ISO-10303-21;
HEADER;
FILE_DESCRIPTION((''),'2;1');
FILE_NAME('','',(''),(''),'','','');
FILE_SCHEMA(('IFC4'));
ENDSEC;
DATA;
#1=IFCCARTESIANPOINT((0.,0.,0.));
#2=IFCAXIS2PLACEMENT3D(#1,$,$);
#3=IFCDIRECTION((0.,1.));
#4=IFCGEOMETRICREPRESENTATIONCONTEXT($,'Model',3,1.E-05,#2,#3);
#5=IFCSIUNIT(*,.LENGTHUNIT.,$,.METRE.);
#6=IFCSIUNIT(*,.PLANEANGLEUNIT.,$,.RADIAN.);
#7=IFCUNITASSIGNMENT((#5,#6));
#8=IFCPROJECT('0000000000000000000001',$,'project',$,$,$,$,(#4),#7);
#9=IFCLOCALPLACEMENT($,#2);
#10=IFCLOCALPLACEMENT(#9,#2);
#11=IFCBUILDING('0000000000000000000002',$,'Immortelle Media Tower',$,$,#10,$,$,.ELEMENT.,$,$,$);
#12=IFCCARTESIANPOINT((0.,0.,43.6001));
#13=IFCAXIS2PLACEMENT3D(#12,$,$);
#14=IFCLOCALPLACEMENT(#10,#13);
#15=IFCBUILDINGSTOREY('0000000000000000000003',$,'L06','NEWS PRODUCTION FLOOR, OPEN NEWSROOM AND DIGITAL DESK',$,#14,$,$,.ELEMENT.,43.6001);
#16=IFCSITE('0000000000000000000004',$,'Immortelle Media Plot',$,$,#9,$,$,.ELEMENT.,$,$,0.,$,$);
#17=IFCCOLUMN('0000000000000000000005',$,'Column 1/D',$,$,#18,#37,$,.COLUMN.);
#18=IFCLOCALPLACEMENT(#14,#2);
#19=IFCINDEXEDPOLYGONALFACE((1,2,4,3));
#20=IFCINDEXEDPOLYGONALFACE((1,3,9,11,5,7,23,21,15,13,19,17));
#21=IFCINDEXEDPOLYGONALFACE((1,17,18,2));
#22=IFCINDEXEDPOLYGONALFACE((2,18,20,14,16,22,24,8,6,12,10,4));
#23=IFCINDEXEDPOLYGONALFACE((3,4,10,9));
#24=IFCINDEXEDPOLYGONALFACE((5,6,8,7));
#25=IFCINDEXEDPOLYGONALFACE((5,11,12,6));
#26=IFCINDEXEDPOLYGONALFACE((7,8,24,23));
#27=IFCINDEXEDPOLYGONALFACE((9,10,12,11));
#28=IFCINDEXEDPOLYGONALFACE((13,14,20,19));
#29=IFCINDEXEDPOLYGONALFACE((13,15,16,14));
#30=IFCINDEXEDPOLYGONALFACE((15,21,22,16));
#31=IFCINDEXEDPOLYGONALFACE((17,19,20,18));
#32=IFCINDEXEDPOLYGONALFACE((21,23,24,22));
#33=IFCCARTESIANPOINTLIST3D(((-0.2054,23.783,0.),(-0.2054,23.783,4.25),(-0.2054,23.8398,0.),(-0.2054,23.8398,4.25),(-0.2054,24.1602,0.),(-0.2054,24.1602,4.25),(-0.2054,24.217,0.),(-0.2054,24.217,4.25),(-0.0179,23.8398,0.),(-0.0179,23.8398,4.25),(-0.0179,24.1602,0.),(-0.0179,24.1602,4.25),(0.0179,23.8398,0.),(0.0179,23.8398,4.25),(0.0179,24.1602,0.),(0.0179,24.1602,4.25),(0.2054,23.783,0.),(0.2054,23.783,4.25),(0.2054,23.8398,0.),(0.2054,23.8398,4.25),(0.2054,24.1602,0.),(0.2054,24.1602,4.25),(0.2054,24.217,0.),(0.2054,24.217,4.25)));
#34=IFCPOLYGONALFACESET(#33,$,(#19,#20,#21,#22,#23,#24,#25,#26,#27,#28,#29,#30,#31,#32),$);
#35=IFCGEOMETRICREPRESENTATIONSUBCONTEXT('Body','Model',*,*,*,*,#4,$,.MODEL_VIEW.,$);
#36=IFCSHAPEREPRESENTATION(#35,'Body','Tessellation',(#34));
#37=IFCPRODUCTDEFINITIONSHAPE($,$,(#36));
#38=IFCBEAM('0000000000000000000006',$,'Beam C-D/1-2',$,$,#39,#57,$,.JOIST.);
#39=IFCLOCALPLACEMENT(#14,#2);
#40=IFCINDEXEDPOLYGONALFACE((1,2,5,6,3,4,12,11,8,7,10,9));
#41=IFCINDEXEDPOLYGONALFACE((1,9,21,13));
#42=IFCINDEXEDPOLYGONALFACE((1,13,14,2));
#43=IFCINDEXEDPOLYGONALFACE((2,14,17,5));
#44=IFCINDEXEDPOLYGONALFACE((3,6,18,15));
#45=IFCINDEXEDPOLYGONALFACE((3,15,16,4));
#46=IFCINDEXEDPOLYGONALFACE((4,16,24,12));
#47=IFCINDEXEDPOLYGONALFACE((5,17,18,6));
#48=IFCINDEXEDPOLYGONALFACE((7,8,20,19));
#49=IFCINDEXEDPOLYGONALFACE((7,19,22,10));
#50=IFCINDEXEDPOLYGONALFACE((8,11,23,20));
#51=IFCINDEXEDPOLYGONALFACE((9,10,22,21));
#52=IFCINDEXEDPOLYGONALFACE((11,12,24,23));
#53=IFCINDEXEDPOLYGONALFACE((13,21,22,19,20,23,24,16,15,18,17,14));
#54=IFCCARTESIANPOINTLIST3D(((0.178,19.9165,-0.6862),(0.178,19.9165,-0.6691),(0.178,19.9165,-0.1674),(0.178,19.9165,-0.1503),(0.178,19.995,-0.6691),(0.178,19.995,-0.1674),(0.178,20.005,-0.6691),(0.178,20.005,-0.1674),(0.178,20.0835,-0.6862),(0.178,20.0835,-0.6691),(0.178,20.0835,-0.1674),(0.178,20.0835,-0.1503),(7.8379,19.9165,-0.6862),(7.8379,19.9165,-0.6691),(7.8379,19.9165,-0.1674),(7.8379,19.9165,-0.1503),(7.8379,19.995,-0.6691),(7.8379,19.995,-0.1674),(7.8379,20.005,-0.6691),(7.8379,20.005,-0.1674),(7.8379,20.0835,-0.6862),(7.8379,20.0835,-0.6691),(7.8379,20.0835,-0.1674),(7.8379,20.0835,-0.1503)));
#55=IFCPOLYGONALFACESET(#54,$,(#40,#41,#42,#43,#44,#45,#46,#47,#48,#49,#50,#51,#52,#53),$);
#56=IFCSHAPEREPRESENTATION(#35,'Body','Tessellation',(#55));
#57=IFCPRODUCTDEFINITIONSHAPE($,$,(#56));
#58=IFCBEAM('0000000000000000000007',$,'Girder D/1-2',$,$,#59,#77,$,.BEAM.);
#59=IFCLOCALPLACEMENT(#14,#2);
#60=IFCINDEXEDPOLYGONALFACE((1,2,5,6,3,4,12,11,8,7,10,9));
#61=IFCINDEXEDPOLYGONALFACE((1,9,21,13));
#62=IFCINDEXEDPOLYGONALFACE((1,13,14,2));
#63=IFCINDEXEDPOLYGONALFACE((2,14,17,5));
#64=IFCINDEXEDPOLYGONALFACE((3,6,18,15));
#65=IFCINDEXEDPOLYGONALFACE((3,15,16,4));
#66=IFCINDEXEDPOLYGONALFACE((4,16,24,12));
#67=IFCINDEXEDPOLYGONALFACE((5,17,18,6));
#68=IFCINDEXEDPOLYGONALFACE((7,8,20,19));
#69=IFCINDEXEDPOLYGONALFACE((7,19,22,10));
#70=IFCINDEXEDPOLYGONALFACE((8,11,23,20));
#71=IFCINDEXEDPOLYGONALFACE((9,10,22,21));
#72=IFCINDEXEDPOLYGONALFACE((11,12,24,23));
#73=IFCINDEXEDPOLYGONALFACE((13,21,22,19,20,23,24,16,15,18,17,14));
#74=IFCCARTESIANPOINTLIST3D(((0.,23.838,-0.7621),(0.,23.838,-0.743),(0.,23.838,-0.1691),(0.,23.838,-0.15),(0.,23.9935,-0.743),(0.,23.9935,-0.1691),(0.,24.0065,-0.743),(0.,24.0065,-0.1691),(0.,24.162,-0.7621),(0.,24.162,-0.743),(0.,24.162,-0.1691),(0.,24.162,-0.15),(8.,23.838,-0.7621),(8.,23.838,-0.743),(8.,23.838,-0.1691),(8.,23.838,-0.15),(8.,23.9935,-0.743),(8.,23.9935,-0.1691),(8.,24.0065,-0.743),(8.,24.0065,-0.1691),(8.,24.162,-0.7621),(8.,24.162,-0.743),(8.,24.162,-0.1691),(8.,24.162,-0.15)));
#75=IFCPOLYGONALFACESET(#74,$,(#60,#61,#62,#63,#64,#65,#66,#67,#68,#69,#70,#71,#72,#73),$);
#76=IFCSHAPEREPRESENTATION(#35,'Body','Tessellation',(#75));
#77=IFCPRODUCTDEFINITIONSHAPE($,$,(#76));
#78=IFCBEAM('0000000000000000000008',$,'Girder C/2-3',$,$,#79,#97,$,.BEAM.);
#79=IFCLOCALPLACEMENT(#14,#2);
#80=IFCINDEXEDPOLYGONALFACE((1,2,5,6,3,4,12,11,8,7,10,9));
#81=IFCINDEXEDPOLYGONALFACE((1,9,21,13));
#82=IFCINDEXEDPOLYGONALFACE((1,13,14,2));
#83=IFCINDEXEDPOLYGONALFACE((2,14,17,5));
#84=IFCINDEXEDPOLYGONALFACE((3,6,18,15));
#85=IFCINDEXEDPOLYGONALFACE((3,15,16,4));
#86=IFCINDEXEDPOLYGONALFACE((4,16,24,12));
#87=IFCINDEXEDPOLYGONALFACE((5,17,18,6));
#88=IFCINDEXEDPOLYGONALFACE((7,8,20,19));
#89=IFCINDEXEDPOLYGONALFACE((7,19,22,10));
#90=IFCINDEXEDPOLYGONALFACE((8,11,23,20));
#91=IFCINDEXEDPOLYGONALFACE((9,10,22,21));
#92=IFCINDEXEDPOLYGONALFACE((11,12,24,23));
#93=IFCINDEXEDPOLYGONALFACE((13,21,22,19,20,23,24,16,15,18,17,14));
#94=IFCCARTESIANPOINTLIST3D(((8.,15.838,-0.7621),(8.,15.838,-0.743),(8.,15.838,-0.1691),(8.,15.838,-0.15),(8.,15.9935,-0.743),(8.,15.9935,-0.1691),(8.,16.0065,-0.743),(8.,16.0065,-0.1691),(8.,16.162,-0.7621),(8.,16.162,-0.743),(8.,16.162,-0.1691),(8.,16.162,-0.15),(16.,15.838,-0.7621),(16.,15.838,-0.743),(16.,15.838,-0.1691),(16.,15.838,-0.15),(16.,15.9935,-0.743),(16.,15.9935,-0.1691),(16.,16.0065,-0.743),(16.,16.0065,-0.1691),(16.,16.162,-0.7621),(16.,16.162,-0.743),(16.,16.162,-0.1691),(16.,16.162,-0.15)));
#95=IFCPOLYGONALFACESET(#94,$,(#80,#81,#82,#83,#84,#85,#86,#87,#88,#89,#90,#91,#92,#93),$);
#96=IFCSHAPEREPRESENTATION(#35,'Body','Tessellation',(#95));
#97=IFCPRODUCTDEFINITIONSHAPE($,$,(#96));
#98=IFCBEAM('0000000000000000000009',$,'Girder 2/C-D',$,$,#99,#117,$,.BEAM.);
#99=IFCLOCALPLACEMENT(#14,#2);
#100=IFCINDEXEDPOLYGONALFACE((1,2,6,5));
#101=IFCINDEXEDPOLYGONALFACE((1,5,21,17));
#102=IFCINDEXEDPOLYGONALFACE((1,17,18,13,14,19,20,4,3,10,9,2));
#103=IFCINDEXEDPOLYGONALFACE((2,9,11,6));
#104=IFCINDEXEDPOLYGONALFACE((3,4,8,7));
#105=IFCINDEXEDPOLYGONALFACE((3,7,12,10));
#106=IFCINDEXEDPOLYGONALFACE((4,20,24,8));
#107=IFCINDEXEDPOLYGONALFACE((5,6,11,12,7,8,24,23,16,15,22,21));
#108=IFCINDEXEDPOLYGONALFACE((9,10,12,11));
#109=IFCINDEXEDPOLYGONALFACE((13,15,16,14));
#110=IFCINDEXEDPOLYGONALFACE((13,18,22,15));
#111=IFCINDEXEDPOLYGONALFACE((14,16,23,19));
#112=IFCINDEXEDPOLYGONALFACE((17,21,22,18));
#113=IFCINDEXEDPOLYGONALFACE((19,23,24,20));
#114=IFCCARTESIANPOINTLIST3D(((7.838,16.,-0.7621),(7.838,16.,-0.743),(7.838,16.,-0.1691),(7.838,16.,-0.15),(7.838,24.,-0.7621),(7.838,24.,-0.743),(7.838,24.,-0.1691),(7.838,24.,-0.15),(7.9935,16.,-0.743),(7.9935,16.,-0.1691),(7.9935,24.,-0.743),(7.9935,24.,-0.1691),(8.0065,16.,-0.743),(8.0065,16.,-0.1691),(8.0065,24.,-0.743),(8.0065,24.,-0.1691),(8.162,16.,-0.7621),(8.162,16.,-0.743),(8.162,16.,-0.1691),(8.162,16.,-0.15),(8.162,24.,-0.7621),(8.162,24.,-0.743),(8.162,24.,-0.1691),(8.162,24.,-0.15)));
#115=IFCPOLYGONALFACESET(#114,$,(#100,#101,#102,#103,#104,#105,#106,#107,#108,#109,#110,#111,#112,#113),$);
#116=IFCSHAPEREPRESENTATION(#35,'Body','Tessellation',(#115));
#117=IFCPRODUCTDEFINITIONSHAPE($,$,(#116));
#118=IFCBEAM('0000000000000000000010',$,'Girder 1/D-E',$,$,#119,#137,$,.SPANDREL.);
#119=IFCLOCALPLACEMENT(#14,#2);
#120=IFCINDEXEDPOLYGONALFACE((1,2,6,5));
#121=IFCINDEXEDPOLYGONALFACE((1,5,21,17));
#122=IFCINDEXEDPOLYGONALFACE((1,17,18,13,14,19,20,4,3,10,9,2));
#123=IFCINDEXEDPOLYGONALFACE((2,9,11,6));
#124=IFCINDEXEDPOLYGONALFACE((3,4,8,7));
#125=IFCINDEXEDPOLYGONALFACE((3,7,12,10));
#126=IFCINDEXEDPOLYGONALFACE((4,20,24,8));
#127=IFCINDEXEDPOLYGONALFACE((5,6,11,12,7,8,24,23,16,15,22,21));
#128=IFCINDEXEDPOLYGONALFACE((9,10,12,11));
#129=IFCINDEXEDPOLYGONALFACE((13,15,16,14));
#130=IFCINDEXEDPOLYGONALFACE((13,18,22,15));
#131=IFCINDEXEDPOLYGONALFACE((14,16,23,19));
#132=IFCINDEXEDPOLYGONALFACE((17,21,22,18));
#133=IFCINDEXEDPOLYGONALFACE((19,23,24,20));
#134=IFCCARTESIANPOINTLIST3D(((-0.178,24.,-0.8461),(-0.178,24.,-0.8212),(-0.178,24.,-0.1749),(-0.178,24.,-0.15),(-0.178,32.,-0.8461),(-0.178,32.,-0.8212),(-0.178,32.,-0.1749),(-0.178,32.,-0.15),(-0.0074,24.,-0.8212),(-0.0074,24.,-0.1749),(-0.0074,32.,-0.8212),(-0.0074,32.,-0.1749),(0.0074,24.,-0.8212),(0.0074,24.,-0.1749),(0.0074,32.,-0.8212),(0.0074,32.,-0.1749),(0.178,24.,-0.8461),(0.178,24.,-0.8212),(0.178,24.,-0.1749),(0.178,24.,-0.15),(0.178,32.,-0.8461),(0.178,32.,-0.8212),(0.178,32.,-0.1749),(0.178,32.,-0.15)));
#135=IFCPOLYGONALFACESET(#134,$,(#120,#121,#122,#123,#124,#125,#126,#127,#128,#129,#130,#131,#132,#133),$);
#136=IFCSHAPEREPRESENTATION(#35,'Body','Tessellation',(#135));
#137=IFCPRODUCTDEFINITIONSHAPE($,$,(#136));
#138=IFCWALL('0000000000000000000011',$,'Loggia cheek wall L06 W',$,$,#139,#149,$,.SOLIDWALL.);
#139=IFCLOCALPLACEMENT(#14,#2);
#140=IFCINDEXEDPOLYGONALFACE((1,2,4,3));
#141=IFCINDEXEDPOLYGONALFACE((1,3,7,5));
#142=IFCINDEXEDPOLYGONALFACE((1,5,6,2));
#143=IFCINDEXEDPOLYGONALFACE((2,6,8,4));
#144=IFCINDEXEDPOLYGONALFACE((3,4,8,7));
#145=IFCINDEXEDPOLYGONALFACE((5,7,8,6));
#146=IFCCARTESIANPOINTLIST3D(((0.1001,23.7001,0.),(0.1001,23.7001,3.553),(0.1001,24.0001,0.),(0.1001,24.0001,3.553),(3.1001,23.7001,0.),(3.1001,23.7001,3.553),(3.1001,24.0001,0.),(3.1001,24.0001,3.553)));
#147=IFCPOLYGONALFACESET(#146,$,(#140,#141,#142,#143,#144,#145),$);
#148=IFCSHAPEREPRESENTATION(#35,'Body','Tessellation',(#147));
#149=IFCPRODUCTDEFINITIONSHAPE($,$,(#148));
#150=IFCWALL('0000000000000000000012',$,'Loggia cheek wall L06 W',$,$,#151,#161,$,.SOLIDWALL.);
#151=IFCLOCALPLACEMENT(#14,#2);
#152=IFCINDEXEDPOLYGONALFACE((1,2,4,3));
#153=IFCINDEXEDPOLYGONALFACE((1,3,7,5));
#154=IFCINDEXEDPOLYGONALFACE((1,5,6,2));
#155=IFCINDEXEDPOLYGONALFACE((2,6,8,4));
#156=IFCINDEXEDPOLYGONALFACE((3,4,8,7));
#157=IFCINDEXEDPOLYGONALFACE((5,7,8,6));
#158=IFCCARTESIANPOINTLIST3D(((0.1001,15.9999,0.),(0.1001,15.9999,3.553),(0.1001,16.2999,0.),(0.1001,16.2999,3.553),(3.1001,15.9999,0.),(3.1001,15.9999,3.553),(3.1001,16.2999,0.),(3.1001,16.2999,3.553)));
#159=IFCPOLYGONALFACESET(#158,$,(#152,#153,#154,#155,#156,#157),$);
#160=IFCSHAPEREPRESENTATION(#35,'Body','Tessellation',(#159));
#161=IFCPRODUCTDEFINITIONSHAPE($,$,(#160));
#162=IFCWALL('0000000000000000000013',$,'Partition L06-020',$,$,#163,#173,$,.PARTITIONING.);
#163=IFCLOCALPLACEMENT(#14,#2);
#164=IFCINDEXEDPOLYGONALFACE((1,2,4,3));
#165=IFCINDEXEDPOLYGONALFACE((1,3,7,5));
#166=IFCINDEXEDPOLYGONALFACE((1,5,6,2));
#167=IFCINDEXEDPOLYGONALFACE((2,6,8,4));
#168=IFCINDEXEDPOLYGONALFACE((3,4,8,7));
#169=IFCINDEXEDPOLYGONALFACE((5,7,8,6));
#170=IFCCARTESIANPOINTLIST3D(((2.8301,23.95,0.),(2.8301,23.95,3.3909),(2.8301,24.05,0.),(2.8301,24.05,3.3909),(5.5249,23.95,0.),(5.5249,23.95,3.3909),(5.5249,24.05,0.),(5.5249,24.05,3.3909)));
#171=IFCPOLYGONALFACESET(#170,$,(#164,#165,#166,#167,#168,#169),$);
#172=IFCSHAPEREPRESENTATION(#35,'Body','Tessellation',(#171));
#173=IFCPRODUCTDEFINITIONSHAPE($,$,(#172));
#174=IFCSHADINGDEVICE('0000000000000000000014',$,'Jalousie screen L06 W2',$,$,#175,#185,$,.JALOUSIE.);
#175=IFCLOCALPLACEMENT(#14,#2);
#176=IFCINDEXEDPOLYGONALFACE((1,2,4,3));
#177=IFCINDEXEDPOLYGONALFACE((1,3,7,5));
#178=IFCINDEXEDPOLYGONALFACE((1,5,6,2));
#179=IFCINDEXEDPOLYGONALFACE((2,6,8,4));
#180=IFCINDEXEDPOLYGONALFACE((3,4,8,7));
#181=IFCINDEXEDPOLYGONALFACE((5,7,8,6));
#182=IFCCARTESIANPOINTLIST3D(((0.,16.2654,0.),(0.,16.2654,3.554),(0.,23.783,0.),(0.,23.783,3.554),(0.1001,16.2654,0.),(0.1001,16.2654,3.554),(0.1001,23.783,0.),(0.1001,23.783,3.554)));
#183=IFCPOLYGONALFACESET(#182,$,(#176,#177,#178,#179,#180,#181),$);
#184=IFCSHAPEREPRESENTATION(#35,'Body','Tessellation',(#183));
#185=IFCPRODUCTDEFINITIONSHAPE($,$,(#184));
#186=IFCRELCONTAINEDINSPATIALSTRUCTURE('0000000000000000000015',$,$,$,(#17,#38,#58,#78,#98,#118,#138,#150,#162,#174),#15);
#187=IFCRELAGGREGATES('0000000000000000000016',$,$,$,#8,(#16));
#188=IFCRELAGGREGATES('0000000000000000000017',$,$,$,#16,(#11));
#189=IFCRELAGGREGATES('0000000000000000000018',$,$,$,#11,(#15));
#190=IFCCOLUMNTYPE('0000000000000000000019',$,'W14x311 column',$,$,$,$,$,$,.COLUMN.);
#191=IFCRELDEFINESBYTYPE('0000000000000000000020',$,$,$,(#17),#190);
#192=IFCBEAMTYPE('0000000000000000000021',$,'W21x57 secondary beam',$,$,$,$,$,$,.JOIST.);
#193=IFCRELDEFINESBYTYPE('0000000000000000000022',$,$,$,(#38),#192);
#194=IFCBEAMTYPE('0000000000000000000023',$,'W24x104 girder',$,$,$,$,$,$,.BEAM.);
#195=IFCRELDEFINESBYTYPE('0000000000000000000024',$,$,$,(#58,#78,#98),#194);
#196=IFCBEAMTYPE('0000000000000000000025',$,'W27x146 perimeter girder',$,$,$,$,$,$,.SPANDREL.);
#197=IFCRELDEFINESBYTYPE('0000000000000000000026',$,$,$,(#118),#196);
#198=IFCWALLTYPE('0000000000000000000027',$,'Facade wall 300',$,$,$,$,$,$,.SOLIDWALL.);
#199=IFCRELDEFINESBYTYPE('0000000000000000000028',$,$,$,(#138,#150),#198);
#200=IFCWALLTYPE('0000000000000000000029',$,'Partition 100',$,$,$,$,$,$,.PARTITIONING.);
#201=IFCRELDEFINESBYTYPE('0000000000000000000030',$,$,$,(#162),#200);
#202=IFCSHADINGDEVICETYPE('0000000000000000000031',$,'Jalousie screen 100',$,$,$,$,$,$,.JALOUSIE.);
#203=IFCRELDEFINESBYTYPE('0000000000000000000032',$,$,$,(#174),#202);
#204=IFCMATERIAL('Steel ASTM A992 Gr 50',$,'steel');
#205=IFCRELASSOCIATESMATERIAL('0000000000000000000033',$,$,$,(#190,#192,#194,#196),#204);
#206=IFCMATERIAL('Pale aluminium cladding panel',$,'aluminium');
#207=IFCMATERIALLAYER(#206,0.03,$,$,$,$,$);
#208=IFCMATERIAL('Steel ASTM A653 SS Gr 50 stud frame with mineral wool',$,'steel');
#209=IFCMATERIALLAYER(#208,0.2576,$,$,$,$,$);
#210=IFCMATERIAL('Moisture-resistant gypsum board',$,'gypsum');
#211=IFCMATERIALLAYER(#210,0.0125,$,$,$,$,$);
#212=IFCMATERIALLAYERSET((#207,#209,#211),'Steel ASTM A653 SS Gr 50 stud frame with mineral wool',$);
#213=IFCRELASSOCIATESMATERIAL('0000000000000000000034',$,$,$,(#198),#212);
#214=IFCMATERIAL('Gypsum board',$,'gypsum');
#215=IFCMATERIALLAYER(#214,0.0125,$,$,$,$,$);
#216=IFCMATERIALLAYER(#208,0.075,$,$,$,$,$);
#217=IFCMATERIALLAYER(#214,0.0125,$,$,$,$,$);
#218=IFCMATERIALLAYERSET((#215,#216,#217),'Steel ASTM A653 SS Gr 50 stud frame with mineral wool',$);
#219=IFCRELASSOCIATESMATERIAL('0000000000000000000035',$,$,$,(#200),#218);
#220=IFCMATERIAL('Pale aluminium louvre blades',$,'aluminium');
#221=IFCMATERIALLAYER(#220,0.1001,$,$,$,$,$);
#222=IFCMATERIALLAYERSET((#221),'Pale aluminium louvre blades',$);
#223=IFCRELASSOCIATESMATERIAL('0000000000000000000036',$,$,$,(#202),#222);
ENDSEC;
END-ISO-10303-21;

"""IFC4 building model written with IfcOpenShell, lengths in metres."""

from ifc_helpers import new_model, si_unit, direction, frame, frame_2d, origin, origin_2d, place, context, subcontext, project, spatial, rectangle, i_section, extrude, material, layer, layer_set, material_profile, profile_set, type_object, element, save


model = new_model("IFC4")

# Units and contexts
model_context = context("Model", 3, precision=1e-05, world=origin(), true_north=direction((0.0, 1.0)))
body_context = subcontext(model_context, "Body", "Model", "MODEL_VIEW")
ifc_project = project(units=[si_unit("LENGTHUNIT", "METRE"), si_unit("PLANEANGLEUNIT", "RADIAN")], contexts=[model_context])

# Site, building, storey
site_placement = place(None, origin())
site = spatial("IfcSite", under=ifc_project, at=site_placement, Name="Immortelle Media Plot", CompositionType="ELEMENT", RefElevation=0.0)
building_placement = place(site_placement, origin())
building = spatial("IfcBuilding", under=site, at=building_placement, Name="Immortelle Media Tower", CompositionType="ELEMENT")
storey_placement = place(building_placement, frame((0.0, 0.0, 43.6001)))
storey = spatial("IfcBuildingStorey", under=building, at=storey_placement, Name="L06", Description="NEWS PRODUCTION FLOOR, OPEN NEWSROOM AND DIGITAL DESK", CompositionType="ELEMENT", Elevation=43.6001)

# Column
ifc_material_1 = material(Name="Steel ASTM A992 Gr 50", Category="steel")
ifc_material_profile_1 = material_profile(ifc_material_1, i_section(OverallWidth=0.4109, OverallDepth=0.4341, WebThickness=0.0359, FlangeThickness=0.0569, at=origin_2d()), Name="W14x311")
ifc_profile_set_1 = profile_set([ifc_material_profile_1], Name="Steel ASTM A992 Gr 50")
column_type = type_object("IfcColumnType", Name="W14x311 column", PredefinedType="COLUMN", material=ifc_profile_set_1)
column_placement = place(storey_placement, frame((0.0, 24.0, 0.0), z_axis=(0.0, 0.0, 1.0), x_axis=(1.0, 0.0, 0.0)))
element("IfcColumn", 1, at=column_placement, inside=storey, type_object=column_type, Name="Column 1/D", PredefinedType="COLUMN", context=body_context, shape_type="SweptSolid", body=[
    extrude(i_section(OverallWidth=0.4109, OverallDepth=0.4341, WebThickness=0.0359, FlangeThickness=0.0569, at=origin_2d()), origin(), (0.0, 0.0, 1.0), 4.25),
])

# Beams
ifc_material_profile_2 = material_profile(ifc_material_1, i_section(OverallWidth=0.167, OverallDepth=0.5359, WebThickness=0.01, FlangeThickness=0.0171, at=origin_2d()), Name="W21x57")
ifc_profile_set_2 = profile_set([ifc_material_profile_2], Name="Steel ASTM A992 Gr 50")
beam_type_1 = type_object("IfcBeamType", Name="W21x57 secondary beam", PredefinedType="JOIST", material=ifc_profile_set_2)
beam_1_placement = place(storey_placement, frame((0.178, 20.0, -0.4182), z_axis=(1.0, 0.0, 0.0), x_axis=(0.0, 1.0, 0.0)))
element("IfcBeam", 2, at=beam_1_placement, inside=storey, type_object=beam_type_1, Name="Beam C-D/1-2", PredefinedType="JOIST", context=body_context, shape_type="SweptSolid", body=[
    extrude(i_section(OverallWidth=0.167, OverallDepth=0.5359, WebThickness=0.01, FlangeThickness=0.0171, at=origin_2d()), origin(), (0.0, 0.0, 1.0), 7.6599),
])
ifc_material_profile_3 = material_profile(ifc_material_1, i_section(OverallWidth=0.324, OverallDepth=0.6121, WebThickness=0.0129, FlangeThickness=0.019, at=origin_2d()), Name="W24x104")
ifc_profile_set_3 = profile_set([ifc_material_profile_3], Name="Steel ASTM A992 Gr 50")
beam_type_2 = type_object("IfcBeamType", Name="W24x104 girder", PredefinedType="BEAM", material=ifc_profile_set_3)
for number, where, z_axis, x_axis, name in (
    (3, (0.0, 24.0, -0.4561), (1.0, 0.0, 0.0), (0.0, 1.0, 0.0), "Girder D/1-2"),
    (4, (8.0, 16.0, -0.4561), (1.0, 0.0, 0.0), (0.0, 1.0, 0.0), "Girder C/2-3"),
    (5, (8.0, 16.0, -0.4561), (0.0, 1.0, 0.0), (-1.0, 0.0, 0.0), "Girder 2/C-D"),
):
    element("IfcBeam", number, at=place(storey_placement, frame(where, z_axis=z_axis, x_axis=x_axis)), inside=storey, type_object=beam_type_2, Name=name, PredefinedType="BEAM", context=body_context, shape_type="SweptSolid", body=[
        extrude(i_section(OverallWidth=0.324, OverallDepth=0.6121, WebThickness=0.0129, FlangeThickness=0.019, at=origin_2d()), origin(), (0.0, 0.0, 1.0), 8.0),
    ])
ifc_material_profile_4 = material_profile(ifc_material_1, i_section(OverallWidth=0.356, OverallDepth=0.696, WebThickness=0.0149, FlangeThickness=0.0249, at=origin_2d()), Name="W27x146")
ifc_profile_set_4 = profile_set([ifc_material_profile_4], Name="Steel ASTM A992 Gr 50")
beam_type_3 = type_object("IfcBeamType", Name="W27x146 perimeter girder", PredefinedType="SPANDREL", material=ifc_profile_set_4)
beam_2_placement = place(storey_placement, frame((0.0, 24.0, -0.498), z_axis=(0.0, 1.0, 0.0), x_axis=(-1.0, 0.0, 0.0)))
element("IfcBeam", 6, at=beam_2_placement, inside=storey, type_object=beam_type_3, Name="Girder 1/D-E", PredefinedType="SPANDREL", context=body_context, shape_type="SweptSolid", body=[
    extrude(i_section(OverallWidth=0.356, OverallDepth=0.696, WebThickness=0.0149, FlangeThickness=0.0249, at=origin_2d()), origin(), (0.0, 0.0, 1.0), 8.0),
])

# Shared definitions
ifc_material_2 = material(Name="Pale aluminium cladding panel", Category="aluminium")
ifc_layer_1 = layer(ifc_material_2, 0.03)
ifc_material_3 = material(Name="Steel ASTM A653 SS Gr 50 stud frame with mineral wool", Category="steel")
ifc_layer_2 = layer(ifc_material_3, 0.2576)
ifc_material_4 = material(Name="Moisture-resistant gypsum board", Category="gypsum")
ifc_layer_3 = layer(ifc_material_4, 0.0125)
ifc_layer_set_1 = layer_set([ifc_layer_1, ifc_layer_2, ifc_layer_3], Name="Steel ASTM A653 SS Gr 50 stud frame with mineral wool")
wall_type_1 = type_object("IfcWallType", Name="Facade wall 300", PredefinedType="SOLIDWALL", material=ifc_layer_set_1)

# Walls
for number, where, z_axis, x_axis, name in (
    (7, (0.1001, 23.8501, 0.0), (0.0, 0.0, 1.0), (1.0, 0.0, 0.0), "Loggia cheek wall L06 W"),
    (8, (0.1001, 16.1499, 0.0), (0.0, 0.0, 1.0), (1.0, 0.0, 0.0), "Loggia cheek wall L06 W"),
):
    element("IfcWall", number, at=place(storey_placement, frame(where, z_axis=z_axis, x_axis=x_axis)), inside=storey, type_object=wall_type_1, Name=name, PredefinedType="SOLIDWALL", context=body_context, shape_type="SweptSolid", body=[
        extrude(rectangle(XDim=3.0, YDim=0.3, at=frame_2d((1.5, 0.0))), origin(), (0.0, 0.0, 1.0), 3.553),
    ])
ifc_material_5 = material(Name="Gypsum board", Category="gypsum")
ifc_layer_4 = layer(ifc_material_5, 0.0125)
ifc_layer_5 = layer(ifc_material_3, 0.075)
ifc_layer_6 = layer(ifc_material_5, 0.0125)
ifc_layer_set_2 = layer_set([ifc_layer_4, ifc_layer_5, ifc_layer_6], Name="Steel ASTM A653 SS Gr 50 stud frame with mineral wool")
wall_type_2 = type_object("IfcWallType", Name="Partition 100", PredefinedType="PARTITIONING", material=ifc_layer_set_2)
wall_1_placement = place(storey_placement, frame((2.8301, 24.0, 0.0), z_axis=(0.0, 0.0, 1.0), x_axis=(1.0, 0.0, 0.0)))
element("IfcWall", 9, at=wall_1_placement, inside=storey, type_object=wall_type_2, Name="Partition L06-020", PredefinedType="PARTITIONING", context=body_context, shape_type="SweptSolid", body=[
    extrude(rectangle(XDim=2.6948, YDim=0.1001, at=frame_2d((1.3474, 0.0))), origin(), (0.0, 0.0, 1.0), 3.3909),
])

# Shading device
ifc_material_6 = material(Name="Pale aluminium louvre blades", Category="aluminium")
ifc_layer_7 = layer(ifc_material_6, 0.1001)
ifc_layer_set_3 = layer_set([ifc_layer_7], Name="Pale aluminium louvre blades")
shading_device_type_1 = type_object("IfcShadingDeviceType", Name="Jalousie screen 100", PredefinedType="JALOUSIE", material=ifc_layer_set_3)
shading_device_1_placement = place(storey_placement, frame((0.05, 20.0242, 0.0), z_axis=(0.0, 0.0, 1.0), x_axis=(0.0, -1.0, 0.0)))
element("IfcShadingDevice", 10, at=shading_device_1_placement, inside=storey, type_object=shading_device_type_1, Name="Jalousie screen L06 W2", PredefinedType="JALOUSIE", context=body_context, shape_type="SweptSolid", body=[
    extrude(rectangle(XDim=7.5176, YDim=0.1001, at=origin_2d()), origin(), (0.0, 0.0, 1.0), 3.554),
])

save(model, "model.ifc")
